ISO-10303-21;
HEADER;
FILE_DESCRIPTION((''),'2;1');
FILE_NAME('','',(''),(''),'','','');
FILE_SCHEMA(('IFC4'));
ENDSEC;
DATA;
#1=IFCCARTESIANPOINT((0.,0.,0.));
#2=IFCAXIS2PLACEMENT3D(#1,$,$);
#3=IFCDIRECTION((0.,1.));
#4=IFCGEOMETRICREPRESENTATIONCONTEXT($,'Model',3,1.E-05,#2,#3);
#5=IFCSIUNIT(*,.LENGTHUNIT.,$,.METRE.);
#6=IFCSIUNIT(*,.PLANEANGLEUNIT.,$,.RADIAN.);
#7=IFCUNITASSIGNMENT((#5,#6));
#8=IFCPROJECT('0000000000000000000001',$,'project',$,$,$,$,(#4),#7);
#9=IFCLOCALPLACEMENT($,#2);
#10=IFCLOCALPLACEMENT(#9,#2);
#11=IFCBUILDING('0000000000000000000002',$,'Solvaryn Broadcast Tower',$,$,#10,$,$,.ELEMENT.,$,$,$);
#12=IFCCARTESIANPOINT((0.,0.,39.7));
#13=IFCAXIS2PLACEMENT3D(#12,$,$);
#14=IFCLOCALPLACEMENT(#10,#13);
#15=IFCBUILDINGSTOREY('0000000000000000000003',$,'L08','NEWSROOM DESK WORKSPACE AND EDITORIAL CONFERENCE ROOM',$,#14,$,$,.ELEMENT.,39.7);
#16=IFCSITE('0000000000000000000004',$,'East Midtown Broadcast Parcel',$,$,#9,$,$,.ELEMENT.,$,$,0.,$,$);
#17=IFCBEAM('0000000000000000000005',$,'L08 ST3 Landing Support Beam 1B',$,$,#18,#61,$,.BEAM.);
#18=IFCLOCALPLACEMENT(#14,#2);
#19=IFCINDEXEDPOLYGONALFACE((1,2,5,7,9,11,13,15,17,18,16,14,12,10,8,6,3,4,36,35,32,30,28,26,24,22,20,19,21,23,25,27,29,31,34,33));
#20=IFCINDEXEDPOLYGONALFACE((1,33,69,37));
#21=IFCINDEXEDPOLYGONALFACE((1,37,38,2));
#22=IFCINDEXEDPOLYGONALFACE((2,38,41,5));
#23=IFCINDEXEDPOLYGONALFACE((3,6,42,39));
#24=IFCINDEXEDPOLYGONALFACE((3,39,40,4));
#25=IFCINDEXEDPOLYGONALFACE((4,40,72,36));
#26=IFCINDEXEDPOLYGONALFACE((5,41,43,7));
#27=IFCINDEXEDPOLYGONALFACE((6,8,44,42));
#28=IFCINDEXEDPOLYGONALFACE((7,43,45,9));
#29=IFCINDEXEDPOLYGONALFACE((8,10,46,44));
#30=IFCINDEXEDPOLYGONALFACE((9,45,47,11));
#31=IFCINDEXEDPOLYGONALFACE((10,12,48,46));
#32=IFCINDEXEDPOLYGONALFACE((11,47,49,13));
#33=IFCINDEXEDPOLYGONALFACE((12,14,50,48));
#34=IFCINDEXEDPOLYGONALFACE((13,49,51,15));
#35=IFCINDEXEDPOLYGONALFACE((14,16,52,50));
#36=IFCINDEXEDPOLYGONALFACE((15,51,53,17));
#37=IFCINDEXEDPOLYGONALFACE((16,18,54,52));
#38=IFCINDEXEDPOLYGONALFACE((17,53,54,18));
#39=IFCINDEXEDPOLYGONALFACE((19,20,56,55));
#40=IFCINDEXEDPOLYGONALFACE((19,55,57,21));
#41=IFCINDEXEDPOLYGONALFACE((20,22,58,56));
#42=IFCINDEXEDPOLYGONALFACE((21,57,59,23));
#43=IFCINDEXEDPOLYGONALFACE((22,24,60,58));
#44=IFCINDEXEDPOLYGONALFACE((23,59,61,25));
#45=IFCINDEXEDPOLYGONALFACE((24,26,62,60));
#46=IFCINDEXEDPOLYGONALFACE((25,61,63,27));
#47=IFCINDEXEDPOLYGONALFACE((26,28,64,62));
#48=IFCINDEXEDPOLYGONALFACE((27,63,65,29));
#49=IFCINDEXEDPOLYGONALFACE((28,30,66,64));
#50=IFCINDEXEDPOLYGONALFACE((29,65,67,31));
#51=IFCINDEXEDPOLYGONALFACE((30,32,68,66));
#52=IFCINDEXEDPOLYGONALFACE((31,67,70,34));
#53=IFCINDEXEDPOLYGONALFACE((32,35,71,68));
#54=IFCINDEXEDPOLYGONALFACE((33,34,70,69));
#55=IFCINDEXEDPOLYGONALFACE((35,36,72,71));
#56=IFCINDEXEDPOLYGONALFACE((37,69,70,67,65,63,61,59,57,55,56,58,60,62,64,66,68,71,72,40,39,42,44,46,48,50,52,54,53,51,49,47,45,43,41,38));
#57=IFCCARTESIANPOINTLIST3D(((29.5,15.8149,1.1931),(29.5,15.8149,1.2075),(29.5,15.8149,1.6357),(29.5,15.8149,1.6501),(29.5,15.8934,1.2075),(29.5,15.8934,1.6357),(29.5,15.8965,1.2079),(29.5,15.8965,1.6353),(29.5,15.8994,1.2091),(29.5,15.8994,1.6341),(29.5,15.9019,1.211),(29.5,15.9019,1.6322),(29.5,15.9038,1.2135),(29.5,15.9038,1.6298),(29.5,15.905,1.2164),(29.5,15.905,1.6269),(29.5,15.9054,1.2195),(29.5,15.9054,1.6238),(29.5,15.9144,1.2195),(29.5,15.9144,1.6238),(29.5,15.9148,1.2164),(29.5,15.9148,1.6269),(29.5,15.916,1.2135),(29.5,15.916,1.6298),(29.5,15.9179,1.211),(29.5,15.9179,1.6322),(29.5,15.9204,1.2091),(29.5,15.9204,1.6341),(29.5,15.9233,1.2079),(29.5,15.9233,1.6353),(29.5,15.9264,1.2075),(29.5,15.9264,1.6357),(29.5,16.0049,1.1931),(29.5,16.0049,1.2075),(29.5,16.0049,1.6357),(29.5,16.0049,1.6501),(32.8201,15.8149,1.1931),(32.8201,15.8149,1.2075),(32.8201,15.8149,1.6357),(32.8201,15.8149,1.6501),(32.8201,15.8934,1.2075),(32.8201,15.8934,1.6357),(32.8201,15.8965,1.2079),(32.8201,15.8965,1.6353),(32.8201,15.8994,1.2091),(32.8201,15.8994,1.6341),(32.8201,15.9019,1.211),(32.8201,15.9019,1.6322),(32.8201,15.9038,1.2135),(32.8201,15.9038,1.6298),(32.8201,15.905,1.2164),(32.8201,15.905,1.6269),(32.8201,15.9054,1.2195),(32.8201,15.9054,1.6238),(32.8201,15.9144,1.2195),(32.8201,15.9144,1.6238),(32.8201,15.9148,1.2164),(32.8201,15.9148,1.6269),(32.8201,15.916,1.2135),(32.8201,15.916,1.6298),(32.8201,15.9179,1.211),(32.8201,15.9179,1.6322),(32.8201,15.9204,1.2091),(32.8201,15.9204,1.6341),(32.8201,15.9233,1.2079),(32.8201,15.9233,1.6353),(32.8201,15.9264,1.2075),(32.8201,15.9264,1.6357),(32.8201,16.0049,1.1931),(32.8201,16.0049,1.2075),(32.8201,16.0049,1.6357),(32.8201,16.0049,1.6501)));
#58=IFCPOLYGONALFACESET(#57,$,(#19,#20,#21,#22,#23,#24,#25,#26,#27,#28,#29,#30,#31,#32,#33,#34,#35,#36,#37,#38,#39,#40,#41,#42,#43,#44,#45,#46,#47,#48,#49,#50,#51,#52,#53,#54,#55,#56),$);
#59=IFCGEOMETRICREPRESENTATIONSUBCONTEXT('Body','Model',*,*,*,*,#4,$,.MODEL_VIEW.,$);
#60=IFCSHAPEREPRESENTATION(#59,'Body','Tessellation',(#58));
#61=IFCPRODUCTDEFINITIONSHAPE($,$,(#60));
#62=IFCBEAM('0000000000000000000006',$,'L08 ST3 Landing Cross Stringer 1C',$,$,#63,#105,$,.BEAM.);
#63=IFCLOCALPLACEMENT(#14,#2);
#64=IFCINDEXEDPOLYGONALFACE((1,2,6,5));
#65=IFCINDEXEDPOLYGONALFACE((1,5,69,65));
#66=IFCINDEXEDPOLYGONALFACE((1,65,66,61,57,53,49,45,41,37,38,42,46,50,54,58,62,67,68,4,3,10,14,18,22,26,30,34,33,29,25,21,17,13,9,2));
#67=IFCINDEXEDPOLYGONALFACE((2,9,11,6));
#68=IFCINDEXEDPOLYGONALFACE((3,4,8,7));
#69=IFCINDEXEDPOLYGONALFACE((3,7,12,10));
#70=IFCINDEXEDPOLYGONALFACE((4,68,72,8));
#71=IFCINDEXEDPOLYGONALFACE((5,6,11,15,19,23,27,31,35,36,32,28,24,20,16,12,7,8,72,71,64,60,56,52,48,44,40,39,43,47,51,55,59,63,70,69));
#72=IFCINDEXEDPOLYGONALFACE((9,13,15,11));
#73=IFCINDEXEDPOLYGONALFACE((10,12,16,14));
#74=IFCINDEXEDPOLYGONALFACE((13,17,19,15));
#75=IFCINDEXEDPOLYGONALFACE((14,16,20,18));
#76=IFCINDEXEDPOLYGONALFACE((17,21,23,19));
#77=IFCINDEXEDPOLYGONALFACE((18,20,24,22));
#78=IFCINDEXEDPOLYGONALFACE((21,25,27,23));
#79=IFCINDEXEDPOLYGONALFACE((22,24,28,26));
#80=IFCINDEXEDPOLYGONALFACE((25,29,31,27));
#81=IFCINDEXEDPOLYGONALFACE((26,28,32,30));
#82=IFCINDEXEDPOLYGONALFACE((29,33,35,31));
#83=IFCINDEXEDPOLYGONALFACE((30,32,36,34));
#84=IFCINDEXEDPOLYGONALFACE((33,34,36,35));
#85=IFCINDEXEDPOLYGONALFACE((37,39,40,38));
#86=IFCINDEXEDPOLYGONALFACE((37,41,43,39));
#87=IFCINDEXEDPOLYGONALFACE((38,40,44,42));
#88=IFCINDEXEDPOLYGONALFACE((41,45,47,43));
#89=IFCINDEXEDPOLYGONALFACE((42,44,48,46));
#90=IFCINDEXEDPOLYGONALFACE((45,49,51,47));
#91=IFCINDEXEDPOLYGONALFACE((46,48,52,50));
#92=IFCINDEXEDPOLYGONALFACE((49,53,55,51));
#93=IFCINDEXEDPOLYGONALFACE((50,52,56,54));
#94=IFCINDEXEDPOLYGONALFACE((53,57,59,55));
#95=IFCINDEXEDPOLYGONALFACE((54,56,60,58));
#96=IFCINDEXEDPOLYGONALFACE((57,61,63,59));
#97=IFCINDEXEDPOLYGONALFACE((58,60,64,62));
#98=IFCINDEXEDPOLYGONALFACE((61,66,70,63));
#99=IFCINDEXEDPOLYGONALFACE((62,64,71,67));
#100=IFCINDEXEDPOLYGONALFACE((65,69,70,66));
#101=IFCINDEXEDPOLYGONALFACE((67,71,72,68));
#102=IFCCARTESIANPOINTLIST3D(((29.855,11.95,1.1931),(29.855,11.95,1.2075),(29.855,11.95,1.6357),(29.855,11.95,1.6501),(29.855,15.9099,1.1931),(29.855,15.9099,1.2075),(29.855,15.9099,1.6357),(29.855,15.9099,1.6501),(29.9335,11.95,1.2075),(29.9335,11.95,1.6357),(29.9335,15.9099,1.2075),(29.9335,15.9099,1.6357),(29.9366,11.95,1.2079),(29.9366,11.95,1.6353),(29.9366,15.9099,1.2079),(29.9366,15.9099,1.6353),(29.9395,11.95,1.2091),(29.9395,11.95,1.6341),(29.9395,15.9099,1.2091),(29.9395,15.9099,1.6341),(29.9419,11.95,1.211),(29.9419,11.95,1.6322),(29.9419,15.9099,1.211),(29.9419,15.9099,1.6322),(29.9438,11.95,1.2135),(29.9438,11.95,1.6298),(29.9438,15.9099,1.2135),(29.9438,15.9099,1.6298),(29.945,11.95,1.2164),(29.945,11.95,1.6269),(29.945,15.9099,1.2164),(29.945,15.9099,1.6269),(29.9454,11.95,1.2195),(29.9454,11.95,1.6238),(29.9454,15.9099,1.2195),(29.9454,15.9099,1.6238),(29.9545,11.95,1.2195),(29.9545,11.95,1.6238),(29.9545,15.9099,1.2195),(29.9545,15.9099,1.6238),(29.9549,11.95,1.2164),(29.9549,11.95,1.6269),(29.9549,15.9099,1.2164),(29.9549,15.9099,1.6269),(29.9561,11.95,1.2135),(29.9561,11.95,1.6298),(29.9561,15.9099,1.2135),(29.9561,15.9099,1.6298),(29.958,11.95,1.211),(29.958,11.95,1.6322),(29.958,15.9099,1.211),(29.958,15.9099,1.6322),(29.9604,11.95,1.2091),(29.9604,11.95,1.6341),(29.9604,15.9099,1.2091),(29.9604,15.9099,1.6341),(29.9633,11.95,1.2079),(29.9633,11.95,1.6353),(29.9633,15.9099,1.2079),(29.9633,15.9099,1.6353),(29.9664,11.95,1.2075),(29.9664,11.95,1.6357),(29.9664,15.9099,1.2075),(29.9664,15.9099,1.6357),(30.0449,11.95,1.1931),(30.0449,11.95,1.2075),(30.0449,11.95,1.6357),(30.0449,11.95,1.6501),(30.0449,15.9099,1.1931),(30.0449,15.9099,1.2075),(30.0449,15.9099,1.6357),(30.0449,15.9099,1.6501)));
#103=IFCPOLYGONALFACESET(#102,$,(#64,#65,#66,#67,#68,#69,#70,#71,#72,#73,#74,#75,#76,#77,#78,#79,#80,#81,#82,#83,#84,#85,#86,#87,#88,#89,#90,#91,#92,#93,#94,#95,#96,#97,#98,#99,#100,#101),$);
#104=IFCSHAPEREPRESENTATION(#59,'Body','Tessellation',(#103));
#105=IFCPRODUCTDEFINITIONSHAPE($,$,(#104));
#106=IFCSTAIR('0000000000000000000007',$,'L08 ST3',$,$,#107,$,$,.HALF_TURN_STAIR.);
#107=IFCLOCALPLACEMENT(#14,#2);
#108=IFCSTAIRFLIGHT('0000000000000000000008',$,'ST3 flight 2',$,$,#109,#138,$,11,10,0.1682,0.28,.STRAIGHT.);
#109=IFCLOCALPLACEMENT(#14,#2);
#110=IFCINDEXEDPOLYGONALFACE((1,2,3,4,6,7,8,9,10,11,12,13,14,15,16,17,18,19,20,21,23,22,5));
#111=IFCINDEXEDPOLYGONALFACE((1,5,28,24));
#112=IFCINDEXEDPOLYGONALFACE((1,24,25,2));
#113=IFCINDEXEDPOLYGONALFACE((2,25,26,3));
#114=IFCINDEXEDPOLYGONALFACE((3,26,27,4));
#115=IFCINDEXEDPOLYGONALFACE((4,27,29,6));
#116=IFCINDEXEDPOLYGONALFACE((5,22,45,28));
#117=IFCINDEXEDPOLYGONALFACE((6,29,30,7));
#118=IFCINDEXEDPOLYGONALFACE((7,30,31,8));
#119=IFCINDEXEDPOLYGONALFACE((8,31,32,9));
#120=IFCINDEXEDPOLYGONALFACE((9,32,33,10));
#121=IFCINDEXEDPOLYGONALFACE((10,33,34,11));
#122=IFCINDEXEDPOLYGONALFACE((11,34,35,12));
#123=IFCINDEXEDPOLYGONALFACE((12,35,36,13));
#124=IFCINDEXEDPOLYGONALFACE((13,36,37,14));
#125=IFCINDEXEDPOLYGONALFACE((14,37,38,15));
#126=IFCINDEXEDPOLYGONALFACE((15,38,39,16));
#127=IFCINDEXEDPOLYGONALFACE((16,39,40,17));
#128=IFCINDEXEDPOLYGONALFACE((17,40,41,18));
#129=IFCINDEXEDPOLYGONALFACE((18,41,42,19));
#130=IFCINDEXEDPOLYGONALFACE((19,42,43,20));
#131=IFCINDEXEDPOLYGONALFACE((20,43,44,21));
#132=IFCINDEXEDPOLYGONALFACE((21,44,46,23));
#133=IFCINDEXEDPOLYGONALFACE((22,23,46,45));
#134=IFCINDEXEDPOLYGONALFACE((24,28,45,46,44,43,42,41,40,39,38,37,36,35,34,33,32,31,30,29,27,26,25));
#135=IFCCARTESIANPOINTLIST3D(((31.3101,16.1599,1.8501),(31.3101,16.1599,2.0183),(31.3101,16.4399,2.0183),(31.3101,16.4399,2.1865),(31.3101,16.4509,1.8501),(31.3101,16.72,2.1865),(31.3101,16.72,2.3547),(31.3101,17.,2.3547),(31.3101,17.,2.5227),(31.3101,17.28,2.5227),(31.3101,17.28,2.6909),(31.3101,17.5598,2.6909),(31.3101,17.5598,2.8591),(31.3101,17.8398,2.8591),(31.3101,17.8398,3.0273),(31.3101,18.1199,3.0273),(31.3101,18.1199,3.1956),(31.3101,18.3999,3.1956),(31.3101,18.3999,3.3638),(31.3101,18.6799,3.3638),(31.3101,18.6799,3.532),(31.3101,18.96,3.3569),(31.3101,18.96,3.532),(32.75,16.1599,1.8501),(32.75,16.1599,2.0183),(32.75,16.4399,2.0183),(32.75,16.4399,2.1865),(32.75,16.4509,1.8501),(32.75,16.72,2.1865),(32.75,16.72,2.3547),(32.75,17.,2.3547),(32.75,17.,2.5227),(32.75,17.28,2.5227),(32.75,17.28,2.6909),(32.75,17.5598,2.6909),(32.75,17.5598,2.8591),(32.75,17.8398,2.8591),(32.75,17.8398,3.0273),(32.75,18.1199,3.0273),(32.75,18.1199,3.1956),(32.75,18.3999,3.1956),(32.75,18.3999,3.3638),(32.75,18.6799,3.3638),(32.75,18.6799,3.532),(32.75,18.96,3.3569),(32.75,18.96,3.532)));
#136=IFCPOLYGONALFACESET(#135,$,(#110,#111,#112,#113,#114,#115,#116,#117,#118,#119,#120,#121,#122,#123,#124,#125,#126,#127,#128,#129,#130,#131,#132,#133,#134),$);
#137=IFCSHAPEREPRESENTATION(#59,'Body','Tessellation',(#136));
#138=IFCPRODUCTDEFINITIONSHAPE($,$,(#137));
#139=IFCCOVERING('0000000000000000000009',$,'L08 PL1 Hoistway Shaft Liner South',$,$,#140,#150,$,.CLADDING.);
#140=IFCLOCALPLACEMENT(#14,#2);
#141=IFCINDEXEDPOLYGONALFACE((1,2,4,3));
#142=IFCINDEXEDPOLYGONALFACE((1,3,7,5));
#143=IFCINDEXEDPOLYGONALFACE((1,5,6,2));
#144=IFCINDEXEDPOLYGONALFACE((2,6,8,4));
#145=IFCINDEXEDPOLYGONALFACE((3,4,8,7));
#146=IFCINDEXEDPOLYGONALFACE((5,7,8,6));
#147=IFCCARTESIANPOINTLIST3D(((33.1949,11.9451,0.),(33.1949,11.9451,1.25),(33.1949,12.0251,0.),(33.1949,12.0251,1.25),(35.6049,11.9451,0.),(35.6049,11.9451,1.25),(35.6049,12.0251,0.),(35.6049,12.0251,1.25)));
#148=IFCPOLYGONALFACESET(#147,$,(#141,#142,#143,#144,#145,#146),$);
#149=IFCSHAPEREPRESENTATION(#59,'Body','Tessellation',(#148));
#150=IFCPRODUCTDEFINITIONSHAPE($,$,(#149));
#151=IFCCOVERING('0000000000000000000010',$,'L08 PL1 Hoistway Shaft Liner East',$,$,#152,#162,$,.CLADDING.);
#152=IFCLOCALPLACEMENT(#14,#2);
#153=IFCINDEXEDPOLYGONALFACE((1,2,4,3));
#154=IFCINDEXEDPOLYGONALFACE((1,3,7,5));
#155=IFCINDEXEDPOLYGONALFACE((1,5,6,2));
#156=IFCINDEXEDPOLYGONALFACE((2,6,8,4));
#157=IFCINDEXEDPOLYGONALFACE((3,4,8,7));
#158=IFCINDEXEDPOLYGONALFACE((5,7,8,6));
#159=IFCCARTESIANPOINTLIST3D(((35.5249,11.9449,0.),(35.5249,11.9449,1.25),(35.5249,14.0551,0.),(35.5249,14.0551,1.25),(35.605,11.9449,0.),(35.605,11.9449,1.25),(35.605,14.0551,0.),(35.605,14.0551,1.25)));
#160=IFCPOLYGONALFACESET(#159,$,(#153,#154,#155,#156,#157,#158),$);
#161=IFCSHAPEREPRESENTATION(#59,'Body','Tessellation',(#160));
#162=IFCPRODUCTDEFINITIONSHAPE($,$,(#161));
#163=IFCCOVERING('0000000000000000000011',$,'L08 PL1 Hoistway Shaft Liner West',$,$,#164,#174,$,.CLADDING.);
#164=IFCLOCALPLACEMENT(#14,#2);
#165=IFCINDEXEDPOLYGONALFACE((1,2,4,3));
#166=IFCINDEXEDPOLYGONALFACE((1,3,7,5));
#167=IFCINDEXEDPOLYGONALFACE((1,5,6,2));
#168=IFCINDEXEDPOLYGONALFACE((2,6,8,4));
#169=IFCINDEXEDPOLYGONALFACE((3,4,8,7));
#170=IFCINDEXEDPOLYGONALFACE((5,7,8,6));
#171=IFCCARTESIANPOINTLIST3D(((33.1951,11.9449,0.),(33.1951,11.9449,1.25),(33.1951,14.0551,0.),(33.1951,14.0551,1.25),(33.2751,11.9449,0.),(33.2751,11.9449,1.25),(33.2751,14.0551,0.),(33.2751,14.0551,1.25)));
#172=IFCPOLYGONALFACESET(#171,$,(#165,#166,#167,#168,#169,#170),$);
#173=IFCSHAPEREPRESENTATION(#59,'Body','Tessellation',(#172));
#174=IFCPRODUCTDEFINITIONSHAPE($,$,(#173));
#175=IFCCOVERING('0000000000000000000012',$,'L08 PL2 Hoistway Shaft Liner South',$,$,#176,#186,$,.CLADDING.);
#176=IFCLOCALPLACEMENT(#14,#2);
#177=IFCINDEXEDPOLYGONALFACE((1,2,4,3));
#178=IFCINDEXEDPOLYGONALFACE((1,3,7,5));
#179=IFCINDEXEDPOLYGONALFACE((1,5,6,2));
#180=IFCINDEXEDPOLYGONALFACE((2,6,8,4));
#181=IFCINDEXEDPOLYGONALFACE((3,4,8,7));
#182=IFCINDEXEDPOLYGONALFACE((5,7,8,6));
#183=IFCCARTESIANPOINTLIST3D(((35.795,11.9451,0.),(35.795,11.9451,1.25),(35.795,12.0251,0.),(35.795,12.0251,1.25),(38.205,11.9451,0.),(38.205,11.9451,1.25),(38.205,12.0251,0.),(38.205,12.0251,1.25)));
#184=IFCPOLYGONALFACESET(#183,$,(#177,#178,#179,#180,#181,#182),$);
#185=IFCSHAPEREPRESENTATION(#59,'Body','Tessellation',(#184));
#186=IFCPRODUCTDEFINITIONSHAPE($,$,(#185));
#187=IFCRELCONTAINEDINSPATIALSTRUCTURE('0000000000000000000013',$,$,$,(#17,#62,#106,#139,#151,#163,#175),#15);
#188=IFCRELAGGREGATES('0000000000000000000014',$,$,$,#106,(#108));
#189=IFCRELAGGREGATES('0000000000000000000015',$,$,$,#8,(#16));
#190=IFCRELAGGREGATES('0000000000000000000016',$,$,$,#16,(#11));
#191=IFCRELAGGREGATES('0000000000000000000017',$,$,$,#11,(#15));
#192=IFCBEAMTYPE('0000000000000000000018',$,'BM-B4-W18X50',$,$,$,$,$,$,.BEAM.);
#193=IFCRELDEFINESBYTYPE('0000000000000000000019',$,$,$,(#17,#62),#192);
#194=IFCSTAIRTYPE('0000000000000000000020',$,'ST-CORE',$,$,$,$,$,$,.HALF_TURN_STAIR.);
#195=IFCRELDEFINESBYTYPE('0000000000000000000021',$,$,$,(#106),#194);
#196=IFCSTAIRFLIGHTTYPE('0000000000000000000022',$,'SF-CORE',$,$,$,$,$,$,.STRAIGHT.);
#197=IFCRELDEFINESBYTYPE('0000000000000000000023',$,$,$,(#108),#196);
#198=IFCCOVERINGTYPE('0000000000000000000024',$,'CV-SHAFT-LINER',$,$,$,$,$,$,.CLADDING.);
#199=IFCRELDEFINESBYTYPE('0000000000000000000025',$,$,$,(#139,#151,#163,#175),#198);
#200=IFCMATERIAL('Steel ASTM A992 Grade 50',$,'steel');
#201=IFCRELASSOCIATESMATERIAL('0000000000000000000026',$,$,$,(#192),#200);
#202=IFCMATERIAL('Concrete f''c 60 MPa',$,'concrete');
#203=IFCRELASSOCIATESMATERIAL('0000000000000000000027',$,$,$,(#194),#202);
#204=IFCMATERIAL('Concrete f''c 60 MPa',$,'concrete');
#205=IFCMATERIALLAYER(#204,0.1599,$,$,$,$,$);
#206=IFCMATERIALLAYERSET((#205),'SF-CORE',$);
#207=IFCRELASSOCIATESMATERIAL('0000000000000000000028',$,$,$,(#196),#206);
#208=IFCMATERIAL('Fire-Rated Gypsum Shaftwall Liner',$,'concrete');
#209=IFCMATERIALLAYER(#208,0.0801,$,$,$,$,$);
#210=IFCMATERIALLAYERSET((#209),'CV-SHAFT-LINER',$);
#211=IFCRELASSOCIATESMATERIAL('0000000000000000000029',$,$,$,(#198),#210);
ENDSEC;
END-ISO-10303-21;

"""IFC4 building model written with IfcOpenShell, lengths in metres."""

from ifc_helpers import new_model, si_unit, direction, frame, origin, origin_2d, place, context, subcontext, project, spatial, polyline, rectangle, i_section, outline, extrude, material, layer, layer_set, material_profile, profile_set, type_object, element, aggregate, save


model = new_model("IFC4")

# Units and contexts
model_context = context("Model", 3, precision=1e-05, world=origin(), true_north=direction((0.0, 1.0)))
body_context = subcontext(model_context, "Body", "Model", "MODEL_VIEW")
ifc_project = project(units=[si_unit("LENGTHUNIT", "METRE"), si_unit("PLANEANGLEUNIT", "RADIAN")], contexts=[model_context])

# Site, building, storey
site_placement = place(None, origin())
site = spatial("IfcSite", under=ifc_project, at=site_placement, Name="East Midtown Broadcast Parcel", CompositionType="ELEMENT", RefElevation=0.0)
building_placement = place(site_placement, origin())
building = spatial("IfcBuilding", under=site, at=building_placement, Name="Solvaryn Broadcast Tower", CompositionType="ELEMENT")
storey_placement = place(building_placement, frame((0.0, 0.0, 39.7)))
storey = spatial("IfcBuildingStorey", under=building, at=storey_placement, Name="L08", Description="NEWSROOM DESK WORKSPACE AND EDITORIAL CONFERENCE ROOM", CompositionType="ELEMENT", Elevation=39.7)

# Beams
ifc_material_1 = material(Name="Steel ASTM A992 Grade 50", Category="steel")
ifc_material_profile_1 = material_profile(ifc_material_1, i_section(OverallWidth=0.1899, OverallDepth=0.457, WebThickness=0.009, FlangeThickness=0.0144, FilletRadius=0.012, at=origin_2d()))
ifc_profile_set_1 = profile_set([ifc_material_profile_1], Name="Steel ASTM A992 Grade 50")
beam_type_1 = type_object("IfcBeamType", Name="BM-B4-W18X50", PredefinedType="BEAM", material=ifc_profile_set_1)
beam_1_placement = place(storey_placement, frame((29.5, 15.9099, 1.4216), z_axis=(1.0, 0.0, 0.0), x_axis=(0.0, 1.0, 0.0)))
element("IfcBeam", 1, at=beam_1_placement, inside=storey, type_object=beam_type_1, Name="L08 ST3 Landing Support Beam 1B", PredefinedType="BEAM", context=body_context, shape_type="SweptSolid", body=[
    extrude(i_section(OverallWidth=0.1899, OverallDepth=0.457, WebThickness=0.009, FlangeThickness=0.0144, FilletRadius=0.012, at=origin_2d()), origin(), (0.0, 0.0, 1.0), 3.3201),
])
beam_2_placement = place(storey_placement, frame((29.95, 11.95, 1.4216), z_axis=(0.0, 1.0, 0.0), x_axis=(-1.0, 0.0, 0.0)))
element("IfcBeam", 2, at=beam_2_placement, inside=storey, type_object=beam_type_1, Name="L08 ST3 Landing Cross Stringer 1C", PredefinedType="BEAM", context=body_context, shape_type="SweptSolid", body=[
    extrude(i_section(OverallWidth=0.1899, OverallDepth=0.457, WebThickness=0.009, FlangeThickness=0.0144, FilletRadius=0.012, at=origin_2d()), origin(), (0.0, 0.0, 1.0), 3.96),
])

# Stair, stair flight
ifc_material_2 = material(Name="Concrete f'c 60 MPa", Category="concrete")
stair_type = type_object("IfcStairType", Name="ST-CORE", PredefinedType="HALF_TURN_STAIR", material=ifc_material_2)
stair_placement = place(storey_placement, origin())
stair = element("IfcStair", 3, at=stair_placement, inside=storey, type_object=stair_type, Name="L08 ST3", PredefinedType="HALF_TURN_STAIR")
ifc_material_3 = material(Name="Concrete f'c 60 MPa", Category="concrete")
ifc_layer_1 = layer(ifc_material_3, 0.1599)
ifc_layer_set_1 = layer_set([ifc_layer_1], Name="SF-CORE")
stair_flight_type = type_object("IfcStairFlightType", Name="SF-CORE", PredefinedType="STRAIGHT", material=ifc_layer_set_1)
stair_flight_placement = place(storey_placement, frame((32.03, 16.1599, 1.8501), z_axis=(0.0, 0.0, 1.0), x_axis=(0.0, 1.0, 0.0)))
stair_flight = element("IfcStairFlight", 4, at=stair_flight_placement, type_object=stair_flight_type, Name="ST3 flight 2", NumberOfRisers=11, NumberOfTreads=10, PredefinedType="STRAIGHT", RiserHeight=0.1682, TreadLength=0.28, context=body_context, shape_type="SweptSolid", body=[
    extrude(outline(polyline([(0.0, 0.0), (0.0, 0.1682), (0.28, 0.1682), (0.28, 0.3364), (0.5601, 0.3364), (0.5601, 0.5046), (0.8401, 0.5046), (0.8401, 0.6726), (1.1201, 0.6726), (1.1201, 0.8408), (1.3999, 0.8408), (1.3999, 1.009), (1.6799, 1.009), (1.6799, 1.1772), (1.96, 1.1772), (1.96, 1.3455), (2.24, 1.3455), (2.24, 1.5137), (2.52, 1.5137), (2.52, 1.6819), (2.8, 1.6819), (2.8, 1.8501), (2.8, 1.5068), (0.291, 0.0), (0.0, 0.0)])), frame((0.0, 0.72, 0.0), z_axis=(0.0, -1.0, 0.0), x_axis=(1.0, 0.0, 0.0)), (0.0, 0.0, 1.0), 1.4399),
])
aggregate(stair, [stair_flight])

# Coverings
ifc_material_4 = material(Name="Fire-Rated Gypsum Shaftwall Liner", Category="concrete")
ifc_layer_2 = layer(ifc_material_4, 0.0801)
ifc_layer_set_2 = layer_set([ifc_layer_2], Name="CV-SHAFT-LINER")
covering_type = type_object("IfcCoveringType", Name="CV-SHAFT-LINER", PredefinedType="CLADDING", material=ifc_layer_set_2)
covering_1_placement = place(storey_placement, frame((34.3999, 11.9851, 0.0), z_axis=(0.0, 0.0, 1.0), x_axis=(1.0, 0.0, 0.0)))
element("IfcCovering", 5, at=covering_1_placement, inside=storey, type_object=covering_type, Name="L08 PL1 Hoistway Shaft Liner South", PredefinedType="CLADDING", context=body_context, shape_type="SweptSolid", body=[
    extrude(rectangle(XDim=2.4099, YDim=0.0801, at=origin_2d()), origin(), (0.0, 0.0, 1.0), 1.25),
])
for number, where, z_axis, x_axis, name in (
    (6, (35.5649, 13.0, 0.0), (0.0, 0.0, 1.0), (1.0, 0.0, 0.0), "L08 PL1 Hoistway Shaft Liner East"),
    (7, (33.2351, 13.0, 0.0), (0.0, 0.0, 1.0), (1.0, 0.0, 0.0), "L08 PL1 Hoistway Shaft Liner West"),
):
    element("IfcCovering", number, at=place(storey_placement, frame(where, z_axis=z_axis, x_axis=x_axis)), inside=storey, type_object=covering_type, Name=name, PredefinedType="CLADDING", context=body_context, shape_type="SweptSolid", body=[
        extrude(rectangle(XDim=0.0801, YDim=2.1101, at=origin_2d()), origin(), (0.0, 0.0, 1.0), 1.25),
    ])
covering_2_placement = place(storey_placement, frame((37.0, 11.9851, 0.0), z_axis=(0.0, 0.0, 1.0), x_axis=(1.0, 0.0, 0.0)))
element("IfcCovering", 8, at=covering_2_placement, inside=storey, type_object=covering_type, Name="L08 PL2 Hoistway Shaft Liner South", PredefinedType="CLADDING", context=body_context, shape_type="SweptSolid", body=[
    extrude(rectangle(XDim=2.4099, YDim=0.0801, at=origin_2d()), origin(), (0.0, 0.0, 1.0), 1.25),
])

save(model, "model.ifc")
